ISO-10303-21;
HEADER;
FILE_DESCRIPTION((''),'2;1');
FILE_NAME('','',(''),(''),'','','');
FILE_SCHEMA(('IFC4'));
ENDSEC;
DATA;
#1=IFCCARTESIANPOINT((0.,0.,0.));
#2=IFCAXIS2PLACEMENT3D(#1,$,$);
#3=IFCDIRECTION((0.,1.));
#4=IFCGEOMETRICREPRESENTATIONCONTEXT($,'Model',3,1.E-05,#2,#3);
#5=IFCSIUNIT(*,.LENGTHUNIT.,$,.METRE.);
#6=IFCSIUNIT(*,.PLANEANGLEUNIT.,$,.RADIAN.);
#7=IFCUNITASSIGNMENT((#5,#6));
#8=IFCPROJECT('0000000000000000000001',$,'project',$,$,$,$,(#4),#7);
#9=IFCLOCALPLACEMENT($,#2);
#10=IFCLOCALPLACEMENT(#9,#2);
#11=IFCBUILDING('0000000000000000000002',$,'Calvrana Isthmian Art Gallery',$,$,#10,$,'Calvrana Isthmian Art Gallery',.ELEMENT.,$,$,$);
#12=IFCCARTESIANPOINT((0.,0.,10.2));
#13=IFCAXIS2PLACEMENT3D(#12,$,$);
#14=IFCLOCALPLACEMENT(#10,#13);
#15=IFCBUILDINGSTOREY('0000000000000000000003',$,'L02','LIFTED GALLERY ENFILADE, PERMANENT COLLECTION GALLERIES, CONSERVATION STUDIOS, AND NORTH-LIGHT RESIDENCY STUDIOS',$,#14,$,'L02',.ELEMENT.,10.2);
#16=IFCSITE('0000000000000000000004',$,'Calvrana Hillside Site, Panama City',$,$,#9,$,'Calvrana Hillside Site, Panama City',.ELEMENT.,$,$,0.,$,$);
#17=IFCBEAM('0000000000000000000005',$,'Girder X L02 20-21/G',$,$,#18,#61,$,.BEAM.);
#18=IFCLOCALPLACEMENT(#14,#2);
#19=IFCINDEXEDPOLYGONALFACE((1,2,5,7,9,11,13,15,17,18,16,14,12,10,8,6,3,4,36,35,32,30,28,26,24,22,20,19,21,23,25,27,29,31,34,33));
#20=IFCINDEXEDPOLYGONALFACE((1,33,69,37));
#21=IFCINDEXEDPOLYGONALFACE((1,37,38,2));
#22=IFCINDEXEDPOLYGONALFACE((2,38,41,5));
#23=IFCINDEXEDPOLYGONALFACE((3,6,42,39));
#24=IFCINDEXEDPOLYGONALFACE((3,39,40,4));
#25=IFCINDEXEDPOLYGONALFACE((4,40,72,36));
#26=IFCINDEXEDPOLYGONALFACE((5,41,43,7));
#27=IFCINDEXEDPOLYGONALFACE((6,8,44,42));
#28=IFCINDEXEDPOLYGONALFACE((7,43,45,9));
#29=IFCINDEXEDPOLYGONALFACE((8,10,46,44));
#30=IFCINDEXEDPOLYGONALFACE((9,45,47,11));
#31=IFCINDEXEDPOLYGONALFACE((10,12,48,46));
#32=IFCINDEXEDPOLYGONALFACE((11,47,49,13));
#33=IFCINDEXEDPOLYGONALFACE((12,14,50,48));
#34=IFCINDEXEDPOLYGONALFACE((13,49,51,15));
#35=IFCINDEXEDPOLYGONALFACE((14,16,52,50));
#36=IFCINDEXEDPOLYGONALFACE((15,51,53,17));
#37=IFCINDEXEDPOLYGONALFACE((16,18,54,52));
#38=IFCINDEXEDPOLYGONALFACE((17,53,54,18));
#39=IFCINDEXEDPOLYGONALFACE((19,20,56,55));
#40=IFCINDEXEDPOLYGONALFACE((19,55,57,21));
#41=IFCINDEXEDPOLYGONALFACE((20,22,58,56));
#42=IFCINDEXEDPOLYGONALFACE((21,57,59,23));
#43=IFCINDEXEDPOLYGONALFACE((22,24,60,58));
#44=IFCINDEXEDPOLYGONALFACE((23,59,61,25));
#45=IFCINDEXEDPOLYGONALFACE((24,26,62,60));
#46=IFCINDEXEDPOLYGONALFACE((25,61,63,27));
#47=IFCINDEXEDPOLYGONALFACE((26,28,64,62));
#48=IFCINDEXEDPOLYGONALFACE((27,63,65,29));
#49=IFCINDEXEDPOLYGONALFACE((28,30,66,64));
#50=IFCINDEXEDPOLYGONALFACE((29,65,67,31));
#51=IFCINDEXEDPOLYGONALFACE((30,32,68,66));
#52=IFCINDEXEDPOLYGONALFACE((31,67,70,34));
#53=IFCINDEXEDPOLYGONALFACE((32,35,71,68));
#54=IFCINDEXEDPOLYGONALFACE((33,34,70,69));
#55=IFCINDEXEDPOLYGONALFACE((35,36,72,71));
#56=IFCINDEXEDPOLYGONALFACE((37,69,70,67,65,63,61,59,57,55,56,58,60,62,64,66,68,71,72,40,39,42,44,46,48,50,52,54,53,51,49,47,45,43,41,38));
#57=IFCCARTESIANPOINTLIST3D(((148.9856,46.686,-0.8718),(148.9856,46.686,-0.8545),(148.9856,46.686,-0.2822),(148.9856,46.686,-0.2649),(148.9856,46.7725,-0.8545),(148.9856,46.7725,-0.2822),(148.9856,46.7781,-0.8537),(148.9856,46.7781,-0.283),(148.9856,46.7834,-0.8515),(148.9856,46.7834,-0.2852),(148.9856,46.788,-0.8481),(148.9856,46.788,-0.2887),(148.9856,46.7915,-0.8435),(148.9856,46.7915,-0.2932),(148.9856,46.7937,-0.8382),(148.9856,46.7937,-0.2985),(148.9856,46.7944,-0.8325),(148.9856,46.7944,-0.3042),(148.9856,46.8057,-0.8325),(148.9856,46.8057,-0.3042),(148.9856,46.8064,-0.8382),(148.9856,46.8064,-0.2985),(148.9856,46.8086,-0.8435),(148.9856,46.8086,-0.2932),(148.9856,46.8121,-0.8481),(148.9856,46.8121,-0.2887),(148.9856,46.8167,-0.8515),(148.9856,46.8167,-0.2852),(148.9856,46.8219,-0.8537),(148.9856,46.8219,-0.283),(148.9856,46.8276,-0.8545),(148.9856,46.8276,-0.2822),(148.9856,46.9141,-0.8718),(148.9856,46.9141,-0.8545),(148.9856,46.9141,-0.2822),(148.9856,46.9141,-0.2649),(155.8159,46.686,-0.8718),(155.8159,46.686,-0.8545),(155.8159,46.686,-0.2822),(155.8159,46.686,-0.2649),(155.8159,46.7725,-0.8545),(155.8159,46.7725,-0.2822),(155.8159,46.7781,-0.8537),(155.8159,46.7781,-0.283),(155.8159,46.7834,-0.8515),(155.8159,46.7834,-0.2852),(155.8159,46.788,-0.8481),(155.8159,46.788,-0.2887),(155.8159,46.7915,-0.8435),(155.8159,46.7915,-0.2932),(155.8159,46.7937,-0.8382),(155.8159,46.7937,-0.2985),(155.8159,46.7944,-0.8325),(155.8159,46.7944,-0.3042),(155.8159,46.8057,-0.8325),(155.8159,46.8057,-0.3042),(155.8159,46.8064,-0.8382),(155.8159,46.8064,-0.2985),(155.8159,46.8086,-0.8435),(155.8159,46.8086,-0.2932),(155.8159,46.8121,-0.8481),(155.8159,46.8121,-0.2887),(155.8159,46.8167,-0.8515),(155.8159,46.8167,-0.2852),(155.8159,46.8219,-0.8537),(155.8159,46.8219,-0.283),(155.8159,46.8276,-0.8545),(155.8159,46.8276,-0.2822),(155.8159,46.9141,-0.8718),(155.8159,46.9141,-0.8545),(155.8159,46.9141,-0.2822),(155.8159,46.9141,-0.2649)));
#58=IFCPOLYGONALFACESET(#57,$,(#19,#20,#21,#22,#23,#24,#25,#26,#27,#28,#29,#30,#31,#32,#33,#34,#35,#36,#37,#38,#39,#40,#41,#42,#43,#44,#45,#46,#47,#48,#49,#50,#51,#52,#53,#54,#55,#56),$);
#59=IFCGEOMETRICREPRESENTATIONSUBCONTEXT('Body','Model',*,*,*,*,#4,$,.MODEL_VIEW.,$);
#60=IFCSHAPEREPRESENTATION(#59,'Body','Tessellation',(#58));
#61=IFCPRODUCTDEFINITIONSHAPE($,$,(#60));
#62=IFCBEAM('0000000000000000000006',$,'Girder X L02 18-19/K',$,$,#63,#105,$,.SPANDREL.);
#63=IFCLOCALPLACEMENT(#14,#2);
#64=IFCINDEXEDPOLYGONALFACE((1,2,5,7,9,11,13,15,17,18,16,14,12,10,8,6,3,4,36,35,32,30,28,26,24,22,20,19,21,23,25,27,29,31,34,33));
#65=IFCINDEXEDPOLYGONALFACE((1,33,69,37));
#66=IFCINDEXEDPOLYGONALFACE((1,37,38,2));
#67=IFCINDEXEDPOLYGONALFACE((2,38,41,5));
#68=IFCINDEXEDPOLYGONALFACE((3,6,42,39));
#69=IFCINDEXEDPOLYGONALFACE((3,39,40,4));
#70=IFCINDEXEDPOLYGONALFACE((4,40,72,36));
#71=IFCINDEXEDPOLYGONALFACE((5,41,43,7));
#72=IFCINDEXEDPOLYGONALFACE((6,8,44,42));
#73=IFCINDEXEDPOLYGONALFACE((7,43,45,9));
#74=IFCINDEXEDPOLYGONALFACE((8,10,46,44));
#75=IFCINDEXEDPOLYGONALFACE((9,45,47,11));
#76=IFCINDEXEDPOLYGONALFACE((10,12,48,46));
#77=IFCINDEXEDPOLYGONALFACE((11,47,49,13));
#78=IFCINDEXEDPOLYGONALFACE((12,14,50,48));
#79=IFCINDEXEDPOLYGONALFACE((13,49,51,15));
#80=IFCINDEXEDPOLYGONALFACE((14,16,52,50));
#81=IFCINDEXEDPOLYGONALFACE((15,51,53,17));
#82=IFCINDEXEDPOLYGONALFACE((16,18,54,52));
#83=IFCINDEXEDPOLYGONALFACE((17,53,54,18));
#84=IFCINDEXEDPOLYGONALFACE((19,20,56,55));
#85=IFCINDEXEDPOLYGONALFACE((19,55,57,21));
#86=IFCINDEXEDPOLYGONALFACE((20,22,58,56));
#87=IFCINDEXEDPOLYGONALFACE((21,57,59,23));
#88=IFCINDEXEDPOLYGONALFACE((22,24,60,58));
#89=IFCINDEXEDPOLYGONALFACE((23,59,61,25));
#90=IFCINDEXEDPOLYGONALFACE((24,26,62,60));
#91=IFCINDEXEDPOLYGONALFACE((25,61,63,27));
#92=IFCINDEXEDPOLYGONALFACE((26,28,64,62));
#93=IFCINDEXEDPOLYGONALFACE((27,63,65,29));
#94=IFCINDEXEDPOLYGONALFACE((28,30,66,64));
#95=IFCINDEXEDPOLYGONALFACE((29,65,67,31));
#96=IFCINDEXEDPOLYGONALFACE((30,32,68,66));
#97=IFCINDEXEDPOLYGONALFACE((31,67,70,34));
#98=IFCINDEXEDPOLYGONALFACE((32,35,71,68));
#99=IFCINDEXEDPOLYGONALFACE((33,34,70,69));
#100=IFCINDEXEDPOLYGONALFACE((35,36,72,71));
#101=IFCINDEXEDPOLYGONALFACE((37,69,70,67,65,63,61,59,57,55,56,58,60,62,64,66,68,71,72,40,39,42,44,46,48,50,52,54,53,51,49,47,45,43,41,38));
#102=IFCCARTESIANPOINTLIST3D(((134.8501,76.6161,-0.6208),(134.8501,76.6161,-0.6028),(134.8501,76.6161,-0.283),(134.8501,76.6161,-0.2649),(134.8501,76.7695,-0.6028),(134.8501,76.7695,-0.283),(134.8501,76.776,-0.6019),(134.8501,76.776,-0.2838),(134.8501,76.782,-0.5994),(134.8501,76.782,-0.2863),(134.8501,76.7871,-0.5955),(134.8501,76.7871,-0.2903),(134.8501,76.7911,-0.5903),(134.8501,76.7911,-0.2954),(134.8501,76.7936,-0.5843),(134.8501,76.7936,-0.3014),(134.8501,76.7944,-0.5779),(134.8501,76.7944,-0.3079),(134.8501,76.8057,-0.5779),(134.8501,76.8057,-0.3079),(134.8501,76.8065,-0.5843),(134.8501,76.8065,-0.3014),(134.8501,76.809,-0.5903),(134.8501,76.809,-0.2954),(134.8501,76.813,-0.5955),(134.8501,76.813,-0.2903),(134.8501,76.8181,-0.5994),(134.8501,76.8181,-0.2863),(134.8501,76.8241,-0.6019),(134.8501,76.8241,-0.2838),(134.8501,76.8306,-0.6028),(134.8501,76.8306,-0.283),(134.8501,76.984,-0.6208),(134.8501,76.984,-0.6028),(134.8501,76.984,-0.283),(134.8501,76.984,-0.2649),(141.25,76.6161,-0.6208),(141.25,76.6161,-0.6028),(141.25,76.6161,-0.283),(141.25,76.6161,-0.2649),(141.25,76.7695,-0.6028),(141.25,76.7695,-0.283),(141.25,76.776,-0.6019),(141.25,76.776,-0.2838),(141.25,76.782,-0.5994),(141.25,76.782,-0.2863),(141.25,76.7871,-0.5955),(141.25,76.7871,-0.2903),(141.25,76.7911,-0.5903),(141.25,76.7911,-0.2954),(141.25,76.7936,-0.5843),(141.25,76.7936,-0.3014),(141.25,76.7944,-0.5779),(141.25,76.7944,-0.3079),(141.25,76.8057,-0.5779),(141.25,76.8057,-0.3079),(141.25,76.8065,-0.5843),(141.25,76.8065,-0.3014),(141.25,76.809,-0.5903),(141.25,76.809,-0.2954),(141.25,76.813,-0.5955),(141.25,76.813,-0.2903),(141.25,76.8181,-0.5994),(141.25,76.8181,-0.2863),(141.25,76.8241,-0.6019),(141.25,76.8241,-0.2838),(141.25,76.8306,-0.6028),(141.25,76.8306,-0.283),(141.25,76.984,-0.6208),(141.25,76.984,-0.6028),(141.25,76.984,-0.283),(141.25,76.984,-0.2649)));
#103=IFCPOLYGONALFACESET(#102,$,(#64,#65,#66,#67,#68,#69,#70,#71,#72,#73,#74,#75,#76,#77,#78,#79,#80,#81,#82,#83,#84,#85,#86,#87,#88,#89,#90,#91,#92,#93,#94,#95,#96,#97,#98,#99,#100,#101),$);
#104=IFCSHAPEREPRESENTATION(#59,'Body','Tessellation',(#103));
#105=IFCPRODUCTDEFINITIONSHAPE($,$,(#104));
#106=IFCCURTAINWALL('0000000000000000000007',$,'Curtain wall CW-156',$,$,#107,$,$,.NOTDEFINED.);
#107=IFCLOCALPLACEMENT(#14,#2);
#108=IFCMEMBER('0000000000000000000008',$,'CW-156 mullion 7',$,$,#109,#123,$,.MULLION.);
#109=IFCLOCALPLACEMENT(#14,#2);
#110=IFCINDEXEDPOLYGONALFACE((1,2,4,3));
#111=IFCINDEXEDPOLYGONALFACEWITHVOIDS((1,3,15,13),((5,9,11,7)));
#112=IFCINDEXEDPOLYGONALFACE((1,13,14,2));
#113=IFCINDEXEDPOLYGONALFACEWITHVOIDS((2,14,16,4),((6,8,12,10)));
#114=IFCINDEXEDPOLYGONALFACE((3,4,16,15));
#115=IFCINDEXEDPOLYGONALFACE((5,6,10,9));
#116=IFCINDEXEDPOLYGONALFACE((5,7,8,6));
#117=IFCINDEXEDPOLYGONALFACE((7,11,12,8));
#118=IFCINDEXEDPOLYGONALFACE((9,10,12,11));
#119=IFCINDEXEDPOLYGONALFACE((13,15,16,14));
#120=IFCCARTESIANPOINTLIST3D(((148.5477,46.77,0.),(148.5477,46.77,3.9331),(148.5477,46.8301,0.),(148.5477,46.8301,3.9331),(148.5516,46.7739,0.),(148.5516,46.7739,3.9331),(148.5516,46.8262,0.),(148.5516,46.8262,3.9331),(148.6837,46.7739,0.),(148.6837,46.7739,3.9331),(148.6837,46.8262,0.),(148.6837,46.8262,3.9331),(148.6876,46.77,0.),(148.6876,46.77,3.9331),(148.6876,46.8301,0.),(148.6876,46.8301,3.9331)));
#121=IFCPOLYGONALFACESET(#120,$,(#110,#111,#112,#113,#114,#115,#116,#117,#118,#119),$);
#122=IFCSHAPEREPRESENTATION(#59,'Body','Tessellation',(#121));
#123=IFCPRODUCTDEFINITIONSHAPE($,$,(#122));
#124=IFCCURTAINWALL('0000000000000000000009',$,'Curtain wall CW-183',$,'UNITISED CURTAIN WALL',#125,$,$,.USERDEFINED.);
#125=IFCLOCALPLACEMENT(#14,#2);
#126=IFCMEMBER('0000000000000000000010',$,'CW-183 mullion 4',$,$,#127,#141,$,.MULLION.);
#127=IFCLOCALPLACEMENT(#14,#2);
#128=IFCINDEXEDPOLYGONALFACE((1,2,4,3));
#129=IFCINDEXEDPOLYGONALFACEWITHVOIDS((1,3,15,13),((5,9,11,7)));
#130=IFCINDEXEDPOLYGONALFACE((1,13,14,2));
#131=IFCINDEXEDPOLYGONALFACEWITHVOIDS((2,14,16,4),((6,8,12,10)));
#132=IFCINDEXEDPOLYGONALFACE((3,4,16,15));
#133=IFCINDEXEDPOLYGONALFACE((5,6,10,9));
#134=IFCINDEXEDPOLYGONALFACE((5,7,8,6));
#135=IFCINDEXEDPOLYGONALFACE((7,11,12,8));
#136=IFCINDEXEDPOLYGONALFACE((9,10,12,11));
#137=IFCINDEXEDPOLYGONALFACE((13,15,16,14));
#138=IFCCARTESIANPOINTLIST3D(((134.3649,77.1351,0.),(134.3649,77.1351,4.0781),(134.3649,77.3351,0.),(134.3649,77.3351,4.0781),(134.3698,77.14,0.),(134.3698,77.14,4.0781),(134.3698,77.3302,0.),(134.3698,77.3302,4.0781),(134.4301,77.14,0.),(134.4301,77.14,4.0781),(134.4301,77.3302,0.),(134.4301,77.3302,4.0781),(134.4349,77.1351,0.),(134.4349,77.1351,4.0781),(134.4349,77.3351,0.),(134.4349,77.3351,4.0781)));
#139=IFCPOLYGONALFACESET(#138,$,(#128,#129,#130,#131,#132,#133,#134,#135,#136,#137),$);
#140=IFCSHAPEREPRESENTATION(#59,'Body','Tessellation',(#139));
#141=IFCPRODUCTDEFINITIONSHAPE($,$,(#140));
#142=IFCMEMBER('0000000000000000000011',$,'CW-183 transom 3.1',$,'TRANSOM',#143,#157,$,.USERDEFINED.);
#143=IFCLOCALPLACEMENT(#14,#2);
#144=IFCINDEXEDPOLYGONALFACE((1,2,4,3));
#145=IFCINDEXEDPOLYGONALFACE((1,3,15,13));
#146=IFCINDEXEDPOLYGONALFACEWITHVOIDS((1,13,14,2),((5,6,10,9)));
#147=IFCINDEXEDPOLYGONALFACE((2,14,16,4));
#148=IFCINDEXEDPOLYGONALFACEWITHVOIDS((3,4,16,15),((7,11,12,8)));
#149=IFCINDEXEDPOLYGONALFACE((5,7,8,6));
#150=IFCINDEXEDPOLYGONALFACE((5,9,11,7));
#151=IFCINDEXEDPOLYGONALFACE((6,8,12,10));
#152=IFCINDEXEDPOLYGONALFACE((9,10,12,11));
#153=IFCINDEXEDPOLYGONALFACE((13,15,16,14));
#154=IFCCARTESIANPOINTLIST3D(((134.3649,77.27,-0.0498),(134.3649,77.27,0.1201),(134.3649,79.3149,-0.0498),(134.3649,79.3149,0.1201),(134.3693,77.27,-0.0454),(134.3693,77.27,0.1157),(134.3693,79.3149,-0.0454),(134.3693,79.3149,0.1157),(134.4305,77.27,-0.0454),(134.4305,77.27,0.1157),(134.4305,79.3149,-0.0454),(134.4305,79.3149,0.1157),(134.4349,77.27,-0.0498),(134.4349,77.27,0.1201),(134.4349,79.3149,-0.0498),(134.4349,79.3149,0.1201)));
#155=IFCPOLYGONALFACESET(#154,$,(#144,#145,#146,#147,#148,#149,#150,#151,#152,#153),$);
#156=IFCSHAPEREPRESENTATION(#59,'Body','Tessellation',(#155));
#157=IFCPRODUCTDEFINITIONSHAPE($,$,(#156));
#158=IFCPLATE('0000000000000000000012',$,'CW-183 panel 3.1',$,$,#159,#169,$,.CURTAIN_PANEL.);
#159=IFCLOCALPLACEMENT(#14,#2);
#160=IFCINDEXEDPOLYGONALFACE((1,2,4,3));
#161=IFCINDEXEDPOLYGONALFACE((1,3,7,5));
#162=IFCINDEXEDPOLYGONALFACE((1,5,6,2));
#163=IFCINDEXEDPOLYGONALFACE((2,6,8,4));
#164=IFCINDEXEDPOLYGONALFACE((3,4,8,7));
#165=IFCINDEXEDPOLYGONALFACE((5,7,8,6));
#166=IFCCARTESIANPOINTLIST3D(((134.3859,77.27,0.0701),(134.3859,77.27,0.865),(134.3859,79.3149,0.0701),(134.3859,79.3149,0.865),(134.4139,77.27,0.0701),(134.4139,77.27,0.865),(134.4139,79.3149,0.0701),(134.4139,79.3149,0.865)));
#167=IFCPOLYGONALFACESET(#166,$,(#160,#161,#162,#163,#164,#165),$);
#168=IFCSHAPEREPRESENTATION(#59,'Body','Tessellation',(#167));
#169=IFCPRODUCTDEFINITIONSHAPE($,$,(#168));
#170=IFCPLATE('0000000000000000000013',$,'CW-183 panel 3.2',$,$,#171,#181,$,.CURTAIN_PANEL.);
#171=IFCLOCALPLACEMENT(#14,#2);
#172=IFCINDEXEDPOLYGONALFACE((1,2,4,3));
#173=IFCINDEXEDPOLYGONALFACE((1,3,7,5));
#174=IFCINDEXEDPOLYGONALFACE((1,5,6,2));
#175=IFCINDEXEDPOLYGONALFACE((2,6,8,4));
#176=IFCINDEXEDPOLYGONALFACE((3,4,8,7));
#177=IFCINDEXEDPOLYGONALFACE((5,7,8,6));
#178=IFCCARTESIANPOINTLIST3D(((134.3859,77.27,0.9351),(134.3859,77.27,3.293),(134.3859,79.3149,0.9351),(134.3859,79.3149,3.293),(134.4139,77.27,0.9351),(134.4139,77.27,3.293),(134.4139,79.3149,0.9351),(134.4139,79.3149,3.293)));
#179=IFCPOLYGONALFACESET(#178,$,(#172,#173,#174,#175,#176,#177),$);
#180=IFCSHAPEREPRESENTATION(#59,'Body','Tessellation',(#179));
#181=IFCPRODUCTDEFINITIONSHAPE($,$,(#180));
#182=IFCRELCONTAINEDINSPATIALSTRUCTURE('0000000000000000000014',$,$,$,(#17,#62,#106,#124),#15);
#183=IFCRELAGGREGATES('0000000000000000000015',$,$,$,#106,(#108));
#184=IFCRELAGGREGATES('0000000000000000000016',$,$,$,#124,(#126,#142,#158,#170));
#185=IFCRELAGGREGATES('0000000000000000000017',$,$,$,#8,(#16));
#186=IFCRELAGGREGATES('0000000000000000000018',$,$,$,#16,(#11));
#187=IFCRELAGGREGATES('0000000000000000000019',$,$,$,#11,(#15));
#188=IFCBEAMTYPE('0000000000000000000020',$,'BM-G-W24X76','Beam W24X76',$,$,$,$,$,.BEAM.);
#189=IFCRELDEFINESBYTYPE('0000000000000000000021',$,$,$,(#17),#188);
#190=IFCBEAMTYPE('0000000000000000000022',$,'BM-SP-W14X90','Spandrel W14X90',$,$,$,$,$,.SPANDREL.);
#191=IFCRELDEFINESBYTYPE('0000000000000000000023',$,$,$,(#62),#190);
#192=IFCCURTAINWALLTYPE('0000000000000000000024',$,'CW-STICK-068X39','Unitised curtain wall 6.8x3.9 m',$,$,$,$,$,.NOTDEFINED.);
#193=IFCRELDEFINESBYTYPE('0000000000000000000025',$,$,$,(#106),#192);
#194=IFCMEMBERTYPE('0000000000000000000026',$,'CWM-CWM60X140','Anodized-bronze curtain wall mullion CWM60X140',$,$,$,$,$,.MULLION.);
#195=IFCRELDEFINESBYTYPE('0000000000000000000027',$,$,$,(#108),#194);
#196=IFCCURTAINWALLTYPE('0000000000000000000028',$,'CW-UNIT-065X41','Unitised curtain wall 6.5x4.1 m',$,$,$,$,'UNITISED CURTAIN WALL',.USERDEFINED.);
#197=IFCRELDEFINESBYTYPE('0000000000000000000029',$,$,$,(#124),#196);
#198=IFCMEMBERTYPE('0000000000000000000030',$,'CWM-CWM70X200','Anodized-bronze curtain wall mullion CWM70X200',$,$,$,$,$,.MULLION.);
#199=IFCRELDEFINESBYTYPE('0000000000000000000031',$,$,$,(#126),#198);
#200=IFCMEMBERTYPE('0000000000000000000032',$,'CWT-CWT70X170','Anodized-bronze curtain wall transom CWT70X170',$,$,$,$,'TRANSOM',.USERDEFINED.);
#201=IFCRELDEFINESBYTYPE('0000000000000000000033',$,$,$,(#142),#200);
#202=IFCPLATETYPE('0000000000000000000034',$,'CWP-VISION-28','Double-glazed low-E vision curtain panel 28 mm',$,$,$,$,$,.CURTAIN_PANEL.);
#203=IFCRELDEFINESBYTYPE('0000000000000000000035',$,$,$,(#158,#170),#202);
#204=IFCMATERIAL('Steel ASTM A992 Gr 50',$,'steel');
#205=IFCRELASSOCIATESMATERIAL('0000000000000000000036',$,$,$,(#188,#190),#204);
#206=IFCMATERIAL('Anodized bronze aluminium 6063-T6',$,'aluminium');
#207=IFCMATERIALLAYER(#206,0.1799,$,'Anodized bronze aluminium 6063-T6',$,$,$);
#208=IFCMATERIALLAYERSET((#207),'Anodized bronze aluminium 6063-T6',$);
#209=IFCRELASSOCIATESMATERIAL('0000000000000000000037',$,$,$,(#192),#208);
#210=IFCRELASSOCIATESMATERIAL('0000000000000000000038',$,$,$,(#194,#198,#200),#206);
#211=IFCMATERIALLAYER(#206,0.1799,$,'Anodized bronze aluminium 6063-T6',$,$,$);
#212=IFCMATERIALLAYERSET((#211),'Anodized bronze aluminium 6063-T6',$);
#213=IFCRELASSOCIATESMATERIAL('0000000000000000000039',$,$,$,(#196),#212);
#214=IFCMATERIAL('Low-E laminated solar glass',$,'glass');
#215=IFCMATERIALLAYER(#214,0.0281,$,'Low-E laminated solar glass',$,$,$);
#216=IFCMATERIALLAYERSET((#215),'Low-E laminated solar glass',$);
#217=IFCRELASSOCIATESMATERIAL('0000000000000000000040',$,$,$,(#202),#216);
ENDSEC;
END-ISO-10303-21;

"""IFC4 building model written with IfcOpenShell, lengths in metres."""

from ifc_helpers import new_model, si_unit, direction, frame, origin, origin_2d, place, context, subcontext, project, spatial, rectangle, hollow_rectangle, i_section, extrude, material, layer, layer_set, material_profile, profile_set, type_object, element, aggregate, save


model = new_model("IFC4")

# Units and contexts
model_context = context("Model", 3, precision=1e-05, world=origin(), true_north=direction((0.0, 1.0)))
body_context = subcontext(model_context, "Body", "Model", "MODEL_VIEW")
ifc_project = project(units=[si_unit("LENGTHUNIT", "METRE"), si_unit("PLANEANGLEUNIT", "RADIAN")], contexts=[model_context])

# Site, building, storey
site_placement = place(None, origin())
site = spatial("IfcSite", under=ifc_project, at=site_placement, Name="Calvrana Hillside Site, Panama City", LongName="Calvrana Hillside Site, Panama City", CompositionType="ELEMENT", RefElevation=0.0)
building_placement = place(site_placement, origin())
building = spatial("IfcBuilding", under=site, at=building_placement, Name="Calvrana Isthmian Art Gallery", LongName="Calvrana Isthmian Art Gallery", CompositionType="ELEMENT")
storey_placement = place(building_placement, frame((0.0, 0.0, 10.2)))
storey = spatial("IfcBuildingStorey", under=building, at=storey_placement, Name="L02", Description="LIFTED GALLERY ENFILADE, PERMANENT COLLECTION GALLERIES, CONSERVATION STUDIOS, AND NORTH-LIGHT RESIDENCY STUDIOS", LongName="L02", CompositionType="ELEMENT", Elevation=10.2)

# Beams
ifc_material_1 = material(Name="Steel ASTM A992 Gr 50", Category="steel")
ifc_material_profile_1 = material_profile(ifc_material_1, i_section(OverallWidth=0.228, OverallDepth=0.6069, WebThickness=0.0112, FlangeThickness=0.0173, FilletRadius=0.022, at=origin_2d()), Name="W24X76")
ifc_profile_set_1 = profile_set([ifc_material_profile_1], Name="Steel ASTM A992 Gr 50")
beam_type_1 = type_object("IfcBeamType", Name="BM-G-W24X76", Description="Beam W24X76", PredefinedType="BEAM", material=ifc_profile_set_1)
beam_1_placement = place(storey_placement, frame((148.9856, 46.8, -0.5684), z_axis=(1.0, 0.0, 0.0), x_axis=(0.0, 1.0, 0.0)))
element("IfcBeam", 1, at=beam_1_placement, inside=storey, type_object=beam_type_1, Name="Girder X L02 20-21/G", PredefinedType="BEAM", context=body_context, shape_type="SweptSolid", body=[
    extrude(i_section(OverallWidth=0.228, OverallDepth=0.6069, WebThickness=0.0112, FlangeThickness=0.0173, FilletRadius=0.022, at=origin_2d()), origin(), (0.0, 0.0, 1.0), 6.8303),
])
ifc_material_profile_2 = material_profile(ifc_material_1, i_section(OverallWidth=0.3679, OverallDepth=0.356, WebThickness=0.0112, FlangeThickness=0.0181, FilletRadius=0.0249, at=origin_2d()), Name="W14X90")
ifc_profile_set_2 = profile_set([ifc_material_profile_2], Name="Steel ASTM A992 Gr 50")
beam_type_2 = type_object("IfcBeamType", Name="BM-SP-W14X90", Description="Spandrel W14X90", PredefinedType="SPANDREL", material=ifc_profile_set_2)
beam_2_placement = place(storey_placement, frame((134.8501, 76.8, -0.4429), z_axis=(1.0, 0.0, 0.0), x_axis=(0.0, 1.0, 0.0)))
element("IfcBeam", 2, at=beam_2_placement, inside=storey, type_object=beam_type_2, Name="Girder X L02 18-19/K", PredefinedType="SPANDREL", context=body_context, shape_type="SweptSolid", body=[
    extrude(i_section(OverallWidth=0.3679, OverallDepth=0.356, WebThickness=0.0112, FlangeThickness=0.0181, FilletRadius=0.0249, at=origin_2d()), origin(), (0.0, 0.0, 1.0), 6.3999),
])

# Curtain wall, member
ifc_material_2 = material(Name="Anodized bronze aluminium 6063-T6", Category="aluminium")
ifc_layer_1 = layer(ifc_material_2, 0.1799, Name="Anodized bronze aluminium 6063-T6")
ifc_layer_set_1 = layer_set([ifc_layer_1], Name="Anodized bronze aluminium 6063-T6")
curtain_wall_type_1 = type_object("IfcCurtainWallType", Name="CW-STICK-068X39", Description="Unitised curtain wall 6.8x3.9 m", PredefinedType="NOTDEFINED", material=ifc_layer_set_1)
curtain_wall_1_placement = place(storey_placement, origin())
curtain_wall_1 = element("IfcCurtainWall", 3, at=curtain_wall_1_placement, inside=storey, type_object=curtain_wall_type_1, Name="Curtain wall CW-156", PredefinedType="NOTDEFINED")
ifc_material_profile_3 = material_profile(ifc_material_2, hollow_rectangle(XDim=0.0601, YDim=0.1399, WallThickness=0.0039, at=origin_2d()), Name="CWM60X140")
ifc_profile_set_3 = profile_set([ifc_material_profile_3], Name="Anodized bronze aluminium 6063-T6")
member_type_1 = type_object("IfcMemberType", Name="CWM-CWM60X140", Description="Anodized-bronze curtain wall mullion CWM60X140", PredefinedType="MULLION", material=ifc_profile_set_3)
member_1_placement = place(storey_placement, frame((148.6177, 46.8, 0.0), z_axis=(0.0, 0.0, 1.0), x_axis=(0.0, 1.0, 0.0)))
member_1 = element("IfcMember", 4, at=member_1_placement, type_object=member_type_1, Name="CW-156 mullion 7", PredefinedType="MULLION", context=body_context, shape_type="SweptSolid", body=[
    extrude(hollow_rectangle(XDim=0.0601, YDim=0.1399, WallThickness=0.0039, at=origin_2d()), origin(), (0.0, 0.0, 1.0), 3.9331),
])
aggregate(curtain_wall_1, [member_1])

# Curtain wall, members, plates
ifc_layer_2 = layer(ifc_material_2, 0.1799, Name="Anodized bronze aluminium 6063-T6")
ifc_layer_set_2 = layer_set([ifc_layer_2], Name="Anodized bronze aluminium 6063-T6")
curtain_wall_type_2 = type_object("IfcCurtainWallType", Name="CW-UNIT-065X41", Description="Unitised curtain wall 6.5x4.1 m", ElementType="UNITISED CURTAIN WALL", PredefinedType="USERDEFINED", material=ifc_layer_set_2)
curtain_wall_2_placement = place(storey_placement, origin())
curtain_wall_2 = element("IfcCurtainWall", 5, at=curtain_wall_2_placement, inside=storey, type_object=curtain_wall_type_2, Name="Curtain wall CW-183", ObjectType="UNITISED CURTAIN WALL", PredefinedType="USERDEFINED")
ifc_material_profile_4 = material_profile(ifc_material_2, hollow_rectangle(XDim=0.0701, YDim=0.2, WallThickness=0.0049, at=origin_2d()), Name="CWM70X200")
ifc_profile_set_4 = profile_set([ifc_material_profile_4], Name="Anodized bronze aluminium 6063-T6")
member_type_2 = type_object("IfcMemberType", Name="CWM-CWM70X200", Description="Anodized-bronze curtain wall mullion CWM70X200", PredefinedType="MULLION", material=ifc_profile_set_4)
member_2_placement = place(storey_placement, frame((134.3999, 77.2351, 0.0), z_axis=(0.0, 0.0, 1.0), x_axis=(1.0, 0.0, 0.0)))
member_2 = element("IfcMember", 6, at=member_2_placement, type_object=member_type_2, Name="CW-183 mullion 4", PredefinedType="MULLION", context=body_context, shape_type="SweptSolid", body=[
    extrude(hollow_rectangle(XDim=0.0701, YDim=0.2, WallThickness=0.0049, at=origin_2d()), origin(), (0.0, 0.0, 1.0), 4.0781),
])
ifc_material_profile_5 = material_profile(ifc_material_2, hollow_rectangle(XDim=0.0701, YDim=0.1699, WallThickness=0.0044, at=origin_2d()), Name="CWT70X170")
ifc_profile_set_5 = profile_set([ifc_material_profile_5], Name="Anodized bronze aluminium 6063-T6")
member_type_3 = type_object("IfcMemberType", Name="CWT-CWT70X170", Description="Anodized-bronze curtain wall transom CWT70X170", ElementType="TRANSOM", PredefinedType="USERDEFINED", material=ifc_profile_set_5)
member_3_placement = place(storey_placement, frame((134.3999, 79.3149, 0.0352), z_axis=(0.0, -1.0, 0.0), x_axis=(1.0, 0.0, 0.0)))
member_3 = element("IfcMember", 7, at=member_3_placement, type_object=member_type_3, Name="CW-183 transom 3.1", ObjectType="TRANSOM", PredefinedType="USERDEFINED", context=body_context, shape_type="SweptSolid", body=[
    extrude(hollow_rectangle(XDim=0.0701, YDim=0.1699, WallThickness=0.0044, at=origin_2d()), origin(), (0.0, 0.0, 1.0), 2.0449),
])
ifc_material_3 = material(Name="Low-E laminated solar glass", Category="glass")
ifc_layer_3 = layer(ifc_material_3, 0.0281, Name="Low-E laminated solar glass")
ifc_layer_set_3 = layer_set([ifc_layer_3], Name="Low-E laminated solar glass")
plate_type_1 = type_object("IfcPlateType", Name="CWP-VISION-28", Description="Double-glazed low-E vision curtain panel 28 mm", PredefinedType="CURTAIN_PANEL", material=ifc_layer_set_3)
plate_1_placement = place(storey_placement, frame((134.3999, 78.2925, 0.0701), z_axis=(0.0, 0.0, 1.0), x_axis=(0.0, -1.0, 0.0)))
plate_1 = element("IfcPlate", 8, at=plate_1_placement, type_object=plate_type_1, Name="CW-183 panel 3.1", PredefinedType="CURTAIN_PANEL", context=body_context, shape_type="SweptSolid", body=[
    extrude(rectangle(XDim=2.0449, YDim=0.0281, at=origin_2d()), origin(), (0.0, 0.0, 1.0), 0.7949),
])
plate_2_placement = place(storey_placement, frame((134.3999, 78.2925, 0.9351), z_axis=(0.0, 0.0, 1.0), x_axis=(0.0, -1.0, 0.0)))
plate_2 = element("IfcPlate", 9, at=plate_2_placement, type_object=plate_type_1, Name="CW-183 panel 3.2", PredefinedType="CURTAIN_PANEL", context=body_context, shape_type="SweptSolid", body=[
    extrude(rectangle(XDim=2.0449, YDim=0.0281, at=origin_2d()), origin(), (0.0, 0.0, 1.0), 2.3579),
])
aggregate(curtain_wall_2, [member_2, member_3, plate_1, plate_2])

save(model, "model.ifc")
